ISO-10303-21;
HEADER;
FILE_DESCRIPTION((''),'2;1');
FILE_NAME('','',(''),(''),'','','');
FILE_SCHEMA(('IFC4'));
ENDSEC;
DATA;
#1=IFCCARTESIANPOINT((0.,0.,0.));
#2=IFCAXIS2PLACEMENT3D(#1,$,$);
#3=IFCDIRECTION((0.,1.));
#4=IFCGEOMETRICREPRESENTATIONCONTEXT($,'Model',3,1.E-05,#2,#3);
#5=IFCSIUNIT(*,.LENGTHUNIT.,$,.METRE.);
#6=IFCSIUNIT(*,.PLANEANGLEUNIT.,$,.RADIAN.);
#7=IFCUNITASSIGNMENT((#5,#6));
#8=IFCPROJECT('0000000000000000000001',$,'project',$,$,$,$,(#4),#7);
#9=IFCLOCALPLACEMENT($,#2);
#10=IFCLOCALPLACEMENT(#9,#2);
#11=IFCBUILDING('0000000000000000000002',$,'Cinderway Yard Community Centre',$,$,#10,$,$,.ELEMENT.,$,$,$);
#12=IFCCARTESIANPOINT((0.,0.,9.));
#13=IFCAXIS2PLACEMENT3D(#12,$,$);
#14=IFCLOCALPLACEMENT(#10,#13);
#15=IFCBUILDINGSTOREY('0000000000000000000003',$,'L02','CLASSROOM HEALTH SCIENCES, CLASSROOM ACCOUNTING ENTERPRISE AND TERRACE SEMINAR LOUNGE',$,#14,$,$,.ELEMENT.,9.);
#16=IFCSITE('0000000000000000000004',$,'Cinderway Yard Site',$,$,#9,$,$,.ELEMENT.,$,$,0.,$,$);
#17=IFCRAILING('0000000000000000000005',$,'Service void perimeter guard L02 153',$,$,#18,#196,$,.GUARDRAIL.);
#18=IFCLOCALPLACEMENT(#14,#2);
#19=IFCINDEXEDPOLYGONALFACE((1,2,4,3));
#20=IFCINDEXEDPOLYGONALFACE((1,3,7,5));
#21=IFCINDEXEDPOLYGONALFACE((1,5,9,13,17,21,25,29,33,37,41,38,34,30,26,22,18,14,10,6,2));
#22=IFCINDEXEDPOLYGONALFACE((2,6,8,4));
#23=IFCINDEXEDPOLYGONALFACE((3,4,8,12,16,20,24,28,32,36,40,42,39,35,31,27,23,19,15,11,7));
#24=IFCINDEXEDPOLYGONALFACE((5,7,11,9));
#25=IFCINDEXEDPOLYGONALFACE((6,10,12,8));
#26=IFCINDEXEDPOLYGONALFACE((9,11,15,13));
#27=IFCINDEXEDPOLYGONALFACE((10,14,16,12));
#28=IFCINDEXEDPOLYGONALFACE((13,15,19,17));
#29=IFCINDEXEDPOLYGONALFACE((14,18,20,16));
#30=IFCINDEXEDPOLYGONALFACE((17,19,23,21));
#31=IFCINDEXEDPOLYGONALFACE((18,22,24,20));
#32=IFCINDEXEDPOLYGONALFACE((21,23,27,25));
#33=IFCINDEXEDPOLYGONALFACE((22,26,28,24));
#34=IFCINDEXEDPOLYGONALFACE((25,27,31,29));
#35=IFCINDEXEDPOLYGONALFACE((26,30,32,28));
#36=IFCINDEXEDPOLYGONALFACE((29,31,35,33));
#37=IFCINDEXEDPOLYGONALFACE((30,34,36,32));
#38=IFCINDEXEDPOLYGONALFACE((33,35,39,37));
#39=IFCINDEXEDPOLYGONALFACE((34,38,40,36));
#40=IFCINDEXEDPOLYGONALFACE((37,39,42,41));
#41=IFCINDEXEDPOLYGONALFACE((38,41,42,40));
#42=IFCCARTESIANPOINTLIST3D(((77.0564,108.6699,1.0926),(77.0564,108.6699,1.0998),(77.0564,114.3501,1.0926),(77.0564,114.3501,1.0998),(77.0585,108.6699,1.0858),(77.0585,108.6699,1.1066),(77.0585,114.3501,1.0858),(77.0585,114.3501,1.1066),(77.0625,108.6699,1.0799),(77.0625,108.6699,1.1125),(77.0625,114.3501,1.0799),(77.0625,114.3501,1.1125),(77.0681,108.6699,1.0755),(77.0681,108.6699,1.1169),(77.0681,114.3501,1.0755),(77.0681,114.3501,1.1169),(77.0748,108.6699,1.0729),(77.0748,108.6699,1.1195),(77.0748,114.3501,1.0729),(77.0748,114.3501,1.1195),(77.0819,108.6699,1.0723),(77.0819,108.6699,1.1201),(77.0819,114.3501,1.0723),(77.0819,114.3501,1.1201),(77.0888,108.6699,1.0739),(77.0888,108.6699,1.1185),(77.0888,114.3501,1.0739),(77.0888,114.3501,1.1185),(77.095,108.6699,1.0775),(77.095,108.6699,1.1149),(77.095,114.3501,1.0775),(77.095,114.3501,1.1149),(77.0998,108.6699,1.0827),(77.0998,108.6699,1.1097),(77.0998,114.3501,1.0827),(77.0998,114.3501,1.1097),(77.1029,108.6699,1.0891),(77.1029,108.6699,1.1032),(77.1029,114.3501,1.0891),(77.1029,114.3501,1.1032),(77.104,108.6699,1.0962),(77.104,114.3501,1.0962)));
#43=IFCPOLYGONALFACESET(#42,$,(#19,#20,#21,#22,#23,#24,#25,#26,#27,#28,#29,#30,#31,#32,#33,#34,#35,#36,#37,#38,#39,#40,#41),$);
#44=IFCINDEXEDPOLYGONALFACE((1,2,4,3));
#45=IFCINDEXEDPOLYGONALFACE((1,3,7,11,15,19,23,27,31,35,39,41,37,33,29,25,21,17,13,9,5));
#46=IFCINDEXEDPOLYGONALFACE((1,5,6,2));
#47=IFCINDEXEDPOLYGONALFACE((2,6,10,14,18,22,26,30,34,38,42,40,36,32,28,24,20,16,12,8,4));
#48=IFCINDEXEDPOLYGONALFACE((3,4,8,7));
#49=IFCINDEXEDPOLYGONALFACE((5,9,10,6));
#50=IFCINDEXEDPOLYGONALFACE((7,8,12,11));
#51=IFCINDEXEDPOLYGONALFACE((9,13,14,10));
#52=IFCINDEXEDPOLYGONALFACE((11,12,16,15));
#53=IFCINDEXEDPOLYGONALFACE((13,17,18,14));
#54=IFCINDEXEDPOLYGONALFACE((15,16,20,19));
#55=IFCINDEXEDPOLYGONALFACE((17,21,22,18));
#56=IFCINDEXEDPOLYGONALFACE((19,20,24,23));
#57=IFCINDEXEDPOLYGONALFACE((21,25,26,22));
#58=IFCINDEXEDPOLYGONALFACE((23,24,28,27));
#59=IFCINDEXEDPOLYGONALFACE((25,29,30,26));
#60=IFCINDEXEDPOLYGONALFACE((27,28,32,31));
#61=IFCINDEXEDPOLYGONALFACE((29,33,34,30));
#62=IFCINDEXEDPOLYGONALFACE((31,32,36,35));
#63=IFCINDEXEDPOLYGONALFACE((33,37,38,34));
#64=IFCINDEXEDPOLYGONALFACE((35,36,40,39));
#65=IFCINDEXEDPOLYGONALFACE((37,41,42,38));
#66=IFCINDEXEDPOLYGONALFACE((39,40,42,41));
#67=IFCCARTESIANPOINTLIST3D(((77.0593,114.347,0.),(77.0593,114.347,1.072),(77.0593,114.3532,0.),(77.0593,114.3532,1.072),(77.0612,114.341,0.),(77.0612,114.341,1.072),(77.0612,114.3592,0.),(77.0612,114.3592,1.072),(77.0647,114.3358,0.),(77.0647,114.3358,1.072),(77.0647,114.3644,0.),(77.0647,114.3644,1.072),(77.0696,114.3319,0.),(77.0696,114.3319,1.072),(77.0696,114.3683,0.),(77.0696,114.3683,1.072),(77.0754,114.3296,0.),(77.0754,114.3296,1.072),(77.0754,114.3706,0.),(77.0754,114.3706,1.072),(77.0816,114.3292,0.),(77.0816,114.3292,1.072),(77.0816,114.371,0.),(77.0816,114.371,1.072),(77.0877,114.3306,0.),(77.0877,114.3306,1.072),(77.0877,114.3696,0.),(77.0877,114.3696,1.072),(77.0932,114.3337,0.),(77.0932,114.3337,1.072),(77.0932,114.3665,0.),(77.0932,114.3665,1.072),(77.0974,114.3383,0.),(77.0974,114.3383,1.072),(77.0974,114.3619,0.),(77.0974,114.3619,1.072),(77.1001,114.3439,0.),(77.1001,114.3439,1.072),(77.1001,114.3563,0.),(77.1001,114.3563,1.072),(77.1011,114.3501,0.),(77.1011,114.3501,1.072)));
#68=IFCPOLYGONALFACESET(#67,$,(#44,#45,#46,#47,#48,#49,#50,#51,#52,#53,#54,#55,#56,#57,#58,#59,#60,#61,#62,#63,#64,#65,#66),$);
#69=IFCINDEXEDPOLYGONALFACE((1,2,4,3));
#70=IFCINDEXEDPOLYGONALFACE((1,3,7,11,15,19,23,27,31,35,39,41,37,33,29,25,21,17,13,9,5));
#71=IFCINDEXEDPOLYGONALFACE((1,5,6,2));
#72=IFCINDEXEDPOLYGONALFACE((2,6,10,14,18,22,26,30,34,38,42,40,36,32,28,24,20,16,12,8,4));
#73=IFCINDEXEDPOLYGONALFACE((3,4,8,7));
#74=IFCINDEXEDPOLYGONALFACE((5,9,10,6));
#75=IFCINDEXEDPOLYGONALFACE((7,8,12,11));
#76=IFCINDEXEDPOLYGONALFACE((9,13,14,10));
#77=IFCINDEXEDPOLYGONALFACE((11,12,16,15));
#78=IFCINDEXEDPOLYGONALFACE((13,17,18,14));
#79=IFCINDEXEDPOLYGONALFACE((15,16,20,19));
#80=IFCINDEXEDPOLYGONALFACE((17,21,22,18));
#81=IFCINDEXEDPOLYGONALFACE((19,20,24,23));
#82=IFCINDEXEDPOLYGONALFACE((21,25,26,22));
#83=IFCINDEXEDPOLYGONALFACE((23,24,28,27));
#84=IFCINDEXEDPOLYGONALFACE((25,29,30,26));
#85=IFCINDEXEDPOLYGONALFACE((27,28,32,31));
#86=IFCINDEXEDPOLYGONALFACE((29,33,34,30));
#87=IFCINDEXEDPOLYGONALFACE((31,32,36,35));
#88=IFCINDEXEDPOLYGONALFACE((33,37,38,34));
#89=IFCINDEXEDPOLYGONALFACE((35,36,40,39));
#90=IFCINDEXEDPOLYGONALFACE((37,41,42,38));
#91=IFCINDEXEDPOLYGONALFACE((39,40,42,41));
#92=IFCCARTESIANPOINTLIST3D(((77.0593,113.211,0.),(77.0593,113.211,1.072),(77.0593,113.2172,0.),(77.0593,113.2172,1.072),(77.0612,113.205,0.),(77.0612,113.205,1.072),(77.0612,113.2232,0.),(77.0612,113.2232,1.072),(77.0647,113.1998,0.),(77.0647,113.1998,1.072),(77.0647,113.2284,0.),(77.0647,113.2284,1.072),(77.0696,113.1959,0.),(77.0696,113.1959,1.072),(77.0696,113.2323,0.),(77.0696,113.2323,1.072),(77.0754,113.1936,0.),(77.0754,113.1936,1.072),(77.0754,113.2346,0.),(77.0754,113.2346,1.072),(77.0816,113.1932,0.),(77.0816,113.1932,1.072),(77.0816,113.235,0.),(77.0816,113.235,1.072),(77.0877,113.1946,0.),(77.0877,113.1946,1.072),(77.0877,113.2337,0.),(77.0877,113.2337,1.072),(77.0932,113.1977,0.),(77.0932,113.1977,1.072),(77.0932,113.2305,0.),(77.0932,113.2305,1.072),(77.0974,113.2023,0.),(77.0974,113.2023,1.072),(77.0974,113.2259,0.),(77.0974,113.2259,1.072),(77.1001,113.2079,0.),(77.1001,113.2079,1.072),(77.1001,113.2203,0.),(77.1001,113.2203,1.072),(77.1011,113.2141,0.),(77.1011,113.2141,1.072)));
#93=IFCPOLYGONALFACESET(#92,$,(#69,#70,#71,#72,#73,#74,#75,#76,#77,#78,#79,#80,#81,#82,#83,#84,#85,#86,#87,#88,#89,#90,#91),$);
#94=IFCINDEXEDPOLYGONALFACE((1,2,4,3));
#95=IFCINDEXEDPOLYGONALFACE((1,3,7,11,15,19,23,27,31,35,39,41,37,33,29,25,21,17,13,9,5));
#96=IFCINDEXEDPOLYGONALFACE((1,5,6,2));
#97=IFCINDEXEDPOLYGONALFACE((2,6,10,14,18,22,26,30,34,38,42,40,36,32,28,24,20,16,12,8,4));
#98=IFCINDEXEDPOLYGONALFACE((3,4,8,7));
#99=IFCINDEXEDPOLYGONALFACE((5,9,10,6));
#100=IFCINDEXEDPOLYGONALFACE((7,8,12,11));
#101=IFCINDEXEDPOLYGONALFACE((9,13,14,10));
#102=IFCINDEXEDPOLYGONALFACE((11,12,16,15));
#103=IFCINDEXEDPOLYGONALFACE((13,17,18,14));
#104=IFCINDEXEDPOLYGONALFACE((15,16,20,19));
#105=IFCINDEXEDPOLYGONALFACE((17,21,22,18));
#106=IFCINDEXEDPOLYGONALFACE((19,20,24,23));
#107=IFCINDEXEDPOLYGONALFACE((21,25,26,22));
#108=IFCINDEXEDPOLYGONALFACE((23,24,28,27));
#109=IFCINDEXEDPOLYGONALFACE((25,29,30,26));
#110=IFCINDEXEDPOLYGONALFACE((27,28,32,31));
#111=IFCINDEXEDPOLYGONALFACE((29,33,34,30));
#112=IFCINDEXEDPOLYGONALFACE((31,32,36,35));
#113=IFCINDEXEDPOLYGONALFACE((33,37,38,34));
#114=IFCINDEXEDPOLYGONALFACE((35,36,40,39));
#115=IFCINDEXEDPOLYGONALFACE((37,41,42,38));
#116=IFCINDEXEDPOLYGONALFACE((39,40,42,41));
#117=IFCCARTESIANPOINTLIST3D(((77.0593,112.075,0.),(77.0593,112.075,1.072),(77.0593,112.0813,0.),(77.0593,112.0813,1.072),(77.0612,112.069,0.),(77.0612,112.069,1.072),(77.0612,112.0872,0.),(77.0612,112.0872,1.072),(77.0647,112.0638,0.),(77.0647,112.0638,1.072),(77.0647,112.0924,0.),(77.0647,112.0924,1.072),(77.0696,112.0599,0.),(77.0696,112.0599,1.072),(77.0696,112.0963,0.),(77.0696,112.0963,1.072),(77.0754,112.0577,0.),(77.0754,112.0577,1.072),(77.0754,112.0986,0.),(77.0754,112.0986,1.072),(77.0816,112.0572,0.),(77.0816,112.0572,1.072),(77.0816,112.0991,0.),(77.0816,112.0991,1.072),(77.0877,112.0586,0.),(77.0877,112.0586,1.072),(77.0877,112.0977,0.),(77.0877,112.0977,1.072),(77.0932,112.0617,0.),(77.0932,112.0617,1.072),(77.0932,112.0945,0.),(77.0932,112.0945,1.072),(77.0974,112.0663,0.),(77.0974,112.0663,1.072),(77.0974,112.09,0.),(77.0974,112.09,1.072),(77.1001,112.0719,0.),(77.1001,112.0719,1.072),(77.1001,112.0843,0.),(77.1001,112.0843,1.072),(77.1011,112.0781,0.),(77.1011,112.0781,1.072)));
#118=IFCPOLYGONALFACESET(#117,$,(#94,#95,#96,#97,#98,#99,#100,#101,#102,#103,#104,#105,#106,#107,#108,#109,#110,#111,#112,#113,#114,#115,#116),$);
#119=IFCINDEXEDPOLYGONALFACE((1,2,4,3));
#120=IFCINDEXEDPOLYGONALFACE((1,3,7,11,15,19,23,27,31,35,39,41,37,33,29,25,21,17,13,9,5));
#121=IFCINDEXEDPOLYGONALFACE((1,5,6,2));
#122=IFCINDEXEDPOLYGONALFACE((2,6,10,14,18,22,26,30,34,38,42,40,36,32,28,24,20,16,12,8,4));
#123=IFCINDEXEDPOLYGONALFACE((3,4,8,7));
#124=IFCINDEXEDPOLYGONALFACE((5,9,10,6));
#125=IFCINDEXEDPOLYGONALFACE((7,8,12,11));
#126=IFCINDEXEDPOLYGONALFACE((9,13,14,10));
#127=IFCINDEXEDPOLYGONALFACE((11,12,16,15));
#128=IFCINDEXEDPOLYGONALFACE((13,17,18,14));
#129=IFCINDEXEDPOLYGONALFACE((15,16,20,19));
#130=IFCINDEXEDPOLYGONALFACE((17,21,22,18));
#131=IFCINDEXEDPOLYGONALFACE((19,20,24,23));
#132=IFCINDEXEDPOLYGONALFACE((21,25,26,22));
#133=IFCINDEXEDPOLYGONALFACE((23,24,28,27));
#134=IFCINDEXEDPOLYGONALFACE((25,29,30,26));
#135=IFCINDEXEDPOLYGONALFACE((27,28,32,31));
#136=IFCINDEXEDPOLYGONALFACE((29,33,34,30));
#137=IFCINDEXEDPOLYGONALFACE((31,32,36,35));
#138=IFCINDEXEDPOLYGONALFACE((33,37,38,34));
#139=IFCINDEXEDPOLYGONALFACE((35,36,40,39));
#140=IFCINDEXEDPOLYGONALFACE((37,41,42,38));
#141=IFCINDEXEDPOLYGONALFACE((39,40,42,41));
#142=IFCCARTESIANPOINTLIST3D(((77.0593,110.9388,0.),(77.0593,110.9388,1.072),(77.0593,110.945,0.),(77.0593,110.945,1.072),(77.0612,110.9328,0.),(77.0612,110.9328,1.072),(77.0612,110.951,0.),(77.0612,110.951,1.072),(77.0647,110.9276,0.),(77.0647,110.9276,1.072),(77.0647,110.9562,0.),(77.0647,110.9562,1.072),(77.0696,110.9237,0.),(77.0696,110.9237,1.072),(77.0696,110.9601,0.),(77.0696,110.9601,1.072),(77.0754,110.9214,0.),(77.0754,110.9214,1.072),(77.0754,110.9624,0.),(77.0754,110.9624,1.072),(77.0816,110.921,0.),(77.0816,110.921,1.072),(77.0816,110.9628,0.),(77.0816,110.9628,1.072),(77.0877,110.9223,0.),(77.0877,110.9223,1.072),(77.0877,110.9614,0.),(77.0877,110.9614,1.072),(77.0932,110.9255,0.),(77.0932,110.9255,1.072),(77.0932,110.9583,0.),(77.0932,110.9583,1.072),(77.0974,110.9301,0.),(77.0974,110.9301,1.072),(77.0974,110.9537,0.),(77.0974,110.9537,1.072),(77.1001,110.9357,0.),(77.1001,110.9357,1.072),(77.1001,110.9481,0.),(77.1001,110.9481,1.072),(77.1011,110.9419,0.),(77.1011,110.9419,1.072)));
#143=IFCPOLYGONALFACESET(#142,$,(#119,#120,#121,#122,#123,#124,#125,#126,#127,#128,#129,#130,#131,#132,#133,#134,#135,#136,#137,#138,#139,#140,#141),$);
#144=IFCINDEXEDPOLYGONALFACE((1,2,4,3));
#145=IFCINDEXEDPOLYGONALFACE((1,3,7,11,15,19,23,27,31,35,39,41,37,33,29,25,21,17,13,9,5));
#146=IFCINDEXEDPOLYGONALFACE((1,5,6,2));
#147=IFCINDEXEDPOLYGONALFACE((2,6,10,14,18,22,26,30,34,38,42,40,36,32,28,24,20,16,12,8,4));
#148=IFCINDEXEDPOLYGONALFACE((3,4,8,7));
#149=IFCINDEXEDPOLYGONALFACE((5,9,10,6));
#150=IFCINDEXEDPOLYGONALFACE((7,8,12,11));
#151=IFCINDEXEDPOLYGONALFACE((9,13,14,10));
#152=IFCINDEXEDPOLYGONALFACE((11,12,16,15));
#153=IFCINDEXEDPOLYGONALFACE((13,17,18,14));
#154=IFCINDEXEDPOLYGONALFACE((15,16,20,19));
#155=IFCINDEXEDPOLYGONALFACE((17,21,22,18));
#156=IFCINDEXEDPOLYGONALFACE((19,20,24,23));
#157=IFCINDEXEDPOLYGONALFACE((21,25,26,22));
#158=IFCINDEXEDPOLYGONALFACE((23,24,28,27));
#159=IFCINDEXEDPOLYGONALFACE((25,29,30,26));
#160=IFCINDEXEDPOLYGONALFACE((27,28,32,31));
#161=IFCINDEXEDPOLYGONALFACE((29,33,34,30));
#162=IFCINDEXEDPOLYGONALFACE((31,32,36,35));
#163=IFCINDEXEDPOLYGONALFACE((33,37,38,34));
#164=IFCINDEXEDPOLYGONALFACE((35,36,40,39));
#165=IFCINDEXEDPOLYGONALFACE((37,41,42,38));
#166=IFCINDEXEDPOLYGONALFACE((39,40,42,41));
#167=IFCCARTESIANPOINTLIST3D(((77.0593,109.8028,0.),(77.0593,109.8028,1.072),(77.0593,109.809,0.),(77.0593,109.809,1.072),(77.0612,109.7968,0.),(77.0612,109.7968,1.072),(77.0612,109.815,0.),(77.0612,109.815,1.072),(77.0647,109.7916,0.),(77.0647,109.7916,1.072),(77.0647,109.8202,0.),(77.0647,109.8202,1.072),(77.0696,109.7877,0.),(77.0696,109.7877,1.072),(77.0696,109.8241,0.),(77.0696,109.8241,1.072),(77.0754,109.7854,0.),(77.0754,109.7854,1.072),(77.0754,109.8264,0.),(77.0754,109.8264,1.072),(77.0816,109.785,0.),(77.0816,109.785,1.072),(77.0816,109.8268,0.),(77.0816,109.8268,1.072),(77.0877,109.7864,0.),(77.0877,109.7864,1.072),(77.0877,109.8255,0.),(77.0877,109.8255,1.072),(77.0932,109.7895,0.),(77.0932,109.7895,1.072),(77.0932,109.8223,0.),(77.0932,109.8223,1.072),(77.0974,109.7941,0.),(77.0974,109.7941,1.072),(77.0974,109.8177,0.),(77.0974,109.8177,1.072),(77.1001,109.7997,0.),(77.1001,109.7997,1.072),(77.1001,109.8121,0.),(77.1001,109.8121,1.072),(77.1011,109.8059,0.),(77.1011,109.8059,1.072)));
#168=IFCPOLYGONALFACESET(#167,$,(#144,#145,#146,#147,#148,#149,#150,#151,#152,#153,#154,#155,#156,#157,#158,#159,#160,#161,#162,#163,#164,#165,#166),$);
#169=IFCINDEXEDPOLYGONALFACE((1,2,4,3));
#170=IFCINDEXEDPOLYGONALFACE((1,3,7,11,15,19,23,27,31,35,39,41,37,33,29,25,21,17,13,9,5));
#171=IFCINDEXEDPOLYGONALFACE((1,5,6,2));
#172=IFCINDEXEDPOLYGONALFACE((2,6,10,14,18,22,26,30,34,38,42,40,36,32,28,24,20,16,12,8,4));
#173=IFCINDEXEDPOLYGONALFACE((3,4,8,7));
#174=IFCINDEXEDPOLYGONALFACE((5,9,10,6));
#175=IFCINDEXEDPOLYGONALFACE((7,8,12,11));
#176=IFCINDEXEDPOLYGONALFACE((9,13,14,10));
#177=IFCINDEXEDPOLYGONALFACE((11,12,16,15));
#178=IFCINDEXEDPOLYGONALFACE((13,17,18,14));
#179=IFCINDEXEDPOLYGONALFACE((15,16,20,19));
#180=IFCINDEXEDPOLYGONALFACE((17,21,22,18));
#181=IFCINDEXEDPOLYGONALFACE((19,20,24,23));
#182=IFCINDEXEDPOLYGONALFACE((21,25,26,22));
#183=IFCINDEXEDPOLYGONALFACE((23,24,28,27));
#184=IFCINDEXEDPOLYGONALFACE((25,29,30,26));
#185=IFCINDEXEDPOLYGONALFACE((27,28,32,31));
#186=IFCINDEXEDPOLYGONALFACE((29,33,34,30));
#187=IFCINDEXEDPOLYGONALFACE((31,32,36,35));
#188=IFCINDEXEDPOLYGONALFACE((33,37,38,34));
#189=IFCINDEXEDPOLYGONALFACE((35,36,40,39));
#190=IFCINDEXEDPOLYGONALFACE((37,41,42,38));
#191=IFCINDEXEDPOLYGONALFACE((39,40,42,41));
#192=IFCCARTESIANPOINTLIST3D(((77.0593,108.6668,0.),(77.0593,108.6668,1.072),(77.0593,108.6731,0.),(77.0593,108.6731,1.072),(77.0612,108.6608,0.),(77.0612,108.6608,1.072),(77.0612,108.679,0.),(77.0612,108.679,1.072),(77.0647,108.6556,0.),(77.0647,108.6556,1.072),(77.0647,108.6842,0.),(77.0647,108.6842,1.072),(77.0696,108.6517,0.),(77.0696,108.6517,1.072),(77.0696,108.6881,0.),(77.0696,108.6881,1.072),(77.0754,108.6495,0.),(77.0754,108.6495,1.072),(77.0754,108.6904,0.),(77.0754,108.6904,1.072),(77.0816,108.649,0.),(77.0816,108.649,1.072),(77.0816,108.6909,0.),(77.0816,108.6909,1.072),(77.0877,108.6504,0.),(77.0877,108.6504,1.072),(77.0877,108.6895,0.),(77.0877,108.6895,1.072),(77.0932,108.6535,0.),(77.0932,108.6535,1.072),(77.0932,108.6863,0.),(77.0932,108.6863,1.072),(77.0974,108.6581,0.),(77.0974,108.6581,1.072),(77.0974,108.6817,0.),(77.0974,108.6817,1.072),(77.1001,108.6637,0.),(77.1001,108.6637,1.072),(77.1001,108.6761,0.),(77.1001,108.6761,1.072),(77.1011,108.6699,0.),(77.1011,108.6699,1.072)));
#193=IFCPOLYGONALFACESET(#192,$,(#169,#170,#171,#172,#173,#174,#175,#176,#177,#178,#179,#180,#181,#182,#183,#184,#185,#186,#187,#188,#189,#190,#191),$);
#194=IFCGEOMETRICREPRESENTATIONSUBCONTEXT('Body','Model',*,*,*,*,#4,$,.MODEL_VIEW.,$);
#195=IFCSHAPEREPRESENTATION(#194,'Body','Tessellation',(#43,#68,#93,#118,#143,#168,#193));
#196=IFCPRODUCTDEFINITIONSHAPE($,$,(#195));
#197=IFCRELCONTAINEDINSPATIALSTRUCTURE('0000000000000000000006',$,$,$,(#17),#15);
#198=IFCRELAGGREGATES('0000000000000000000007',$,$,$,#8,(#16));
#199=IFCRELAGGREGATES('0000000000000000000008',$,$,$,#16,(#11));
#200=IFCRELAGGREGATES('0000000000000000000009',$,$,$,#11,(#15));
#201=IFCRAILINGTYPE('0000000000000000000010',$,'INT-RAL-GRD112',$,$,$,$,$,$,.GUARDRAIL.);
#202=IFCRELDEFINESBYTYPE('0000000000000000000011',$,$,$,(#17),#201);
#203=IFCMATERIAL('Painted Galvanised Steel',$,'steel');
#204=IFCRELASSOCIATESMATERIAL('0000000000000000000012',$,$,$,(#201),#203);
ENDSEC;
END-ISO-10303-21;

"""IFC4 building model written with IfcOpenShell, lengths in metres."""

from ifc_helpers import new_model, si_unit, direction, frame, origin, origin_2d, place, context, subcontext, project, spatial, circle, extrude, material, type_object, element, save


model = new_model("IFC4")

# Units and contexts
model_context = context("Model", 3, precision=1e-05, world=origin(), true_north=direction((0.0, 1.0)))
body_context = subcontext(model_context, "Body", "Model", "MODEL_VIEW")
ifc_project = project(units=[si_unit("LENGTHUNIT", "METRE"), si_unit("PLANEANGLEUNIT", "RADIAN")], contexts=[model_context])

# Site, building, storey
site_placement = place(None, origin())
site = spatial("IfcSite", under=ifc_project, at=site_placement, Name="Cinderway Yard Site", CompositionType="ELEMENT", RefElevation=0.0)
building_placement = place(site_placement, origin())
building = spatial("IfcBuilding", under=site, at=building_placement, Name="Cinderway Yard Community Centre", CompositionType="ELEMENT")
storey_placement = place(building_placement, frame((0.0, 0.0, 9.0)))
storey = spatial("IfcBuildingStorey", under=building, at=storey_placement, Name="L02", Description="CLASSROOM HEALTH SCIENCES, CLASSROOM ACCOUNTING ENTERPRISE AND TERRACE SEMINAR LOUNGE", CompositionType="ELEMENT", Elevation=9.0)

# Shared definitions
ifc_material_1 = material(Name="Painted Galvanised Steel", Category="steel")

# Railing
railing_type = type_object("IfcRailingType", Name="INT-RAL-GRD112", PredefinedType="GUARDRAIL", material=ifc_material_1)
railing_1_placement = place(storey_placement, frame((77.0801, 114.3501, 0.0)))
element("IfcRailing", 1, at=railing_1_placement, inside=storey, type_object=railing_type, Name="Service void perimeter guard L02 153", PredefinedType="GUARDRAIL", context=body_context, shape_type="SweptSolid", body=[
    extrude(circle(Radius=0.0239, at=origin_2d()), frame((0.0, 0.0, 1.0962), z_axis=(0.0, -1.0, 0.0), x_axis=(1.0, 0.0, 0.0)), (0.0, 0.0, 1.0), 5.6802),
    extrude(circle(Radius=0.021, at=origin_2d()), origin(), (0.0, 0.0, 1.0), 1.072),
    extrude(circle(Radius=0.021, at=origin_2d()), frame((0.0, -1.136, 0.0)), (0.0, 0.0, 1.0), 1.072),
    extrude(circle(Radius=0.021, at=origin_2d()), frame((0.0, -2.272, 0.0)), (0.0, 0.0, 1.0), 1.072),
    extrude(circle(Radius=0.021, at=origin_2d()), frame((0.0, -3.4082, 0.0)), (0.0, 0.0, 1.0), 1.072),
    extrude(circle(Radius=0.021, at=origin_2d()), frame((0.0, -4.5442, 0.0)), (0.0, 0.0, 1.0), 1.072),
    extrude(circle(Radius=0.021, at=origin_2d()), frame((0.0, -5.6802, 0.0)), (0.0, 0.0, 1.0), 1.072),
])

save(model, "model.ifc")
